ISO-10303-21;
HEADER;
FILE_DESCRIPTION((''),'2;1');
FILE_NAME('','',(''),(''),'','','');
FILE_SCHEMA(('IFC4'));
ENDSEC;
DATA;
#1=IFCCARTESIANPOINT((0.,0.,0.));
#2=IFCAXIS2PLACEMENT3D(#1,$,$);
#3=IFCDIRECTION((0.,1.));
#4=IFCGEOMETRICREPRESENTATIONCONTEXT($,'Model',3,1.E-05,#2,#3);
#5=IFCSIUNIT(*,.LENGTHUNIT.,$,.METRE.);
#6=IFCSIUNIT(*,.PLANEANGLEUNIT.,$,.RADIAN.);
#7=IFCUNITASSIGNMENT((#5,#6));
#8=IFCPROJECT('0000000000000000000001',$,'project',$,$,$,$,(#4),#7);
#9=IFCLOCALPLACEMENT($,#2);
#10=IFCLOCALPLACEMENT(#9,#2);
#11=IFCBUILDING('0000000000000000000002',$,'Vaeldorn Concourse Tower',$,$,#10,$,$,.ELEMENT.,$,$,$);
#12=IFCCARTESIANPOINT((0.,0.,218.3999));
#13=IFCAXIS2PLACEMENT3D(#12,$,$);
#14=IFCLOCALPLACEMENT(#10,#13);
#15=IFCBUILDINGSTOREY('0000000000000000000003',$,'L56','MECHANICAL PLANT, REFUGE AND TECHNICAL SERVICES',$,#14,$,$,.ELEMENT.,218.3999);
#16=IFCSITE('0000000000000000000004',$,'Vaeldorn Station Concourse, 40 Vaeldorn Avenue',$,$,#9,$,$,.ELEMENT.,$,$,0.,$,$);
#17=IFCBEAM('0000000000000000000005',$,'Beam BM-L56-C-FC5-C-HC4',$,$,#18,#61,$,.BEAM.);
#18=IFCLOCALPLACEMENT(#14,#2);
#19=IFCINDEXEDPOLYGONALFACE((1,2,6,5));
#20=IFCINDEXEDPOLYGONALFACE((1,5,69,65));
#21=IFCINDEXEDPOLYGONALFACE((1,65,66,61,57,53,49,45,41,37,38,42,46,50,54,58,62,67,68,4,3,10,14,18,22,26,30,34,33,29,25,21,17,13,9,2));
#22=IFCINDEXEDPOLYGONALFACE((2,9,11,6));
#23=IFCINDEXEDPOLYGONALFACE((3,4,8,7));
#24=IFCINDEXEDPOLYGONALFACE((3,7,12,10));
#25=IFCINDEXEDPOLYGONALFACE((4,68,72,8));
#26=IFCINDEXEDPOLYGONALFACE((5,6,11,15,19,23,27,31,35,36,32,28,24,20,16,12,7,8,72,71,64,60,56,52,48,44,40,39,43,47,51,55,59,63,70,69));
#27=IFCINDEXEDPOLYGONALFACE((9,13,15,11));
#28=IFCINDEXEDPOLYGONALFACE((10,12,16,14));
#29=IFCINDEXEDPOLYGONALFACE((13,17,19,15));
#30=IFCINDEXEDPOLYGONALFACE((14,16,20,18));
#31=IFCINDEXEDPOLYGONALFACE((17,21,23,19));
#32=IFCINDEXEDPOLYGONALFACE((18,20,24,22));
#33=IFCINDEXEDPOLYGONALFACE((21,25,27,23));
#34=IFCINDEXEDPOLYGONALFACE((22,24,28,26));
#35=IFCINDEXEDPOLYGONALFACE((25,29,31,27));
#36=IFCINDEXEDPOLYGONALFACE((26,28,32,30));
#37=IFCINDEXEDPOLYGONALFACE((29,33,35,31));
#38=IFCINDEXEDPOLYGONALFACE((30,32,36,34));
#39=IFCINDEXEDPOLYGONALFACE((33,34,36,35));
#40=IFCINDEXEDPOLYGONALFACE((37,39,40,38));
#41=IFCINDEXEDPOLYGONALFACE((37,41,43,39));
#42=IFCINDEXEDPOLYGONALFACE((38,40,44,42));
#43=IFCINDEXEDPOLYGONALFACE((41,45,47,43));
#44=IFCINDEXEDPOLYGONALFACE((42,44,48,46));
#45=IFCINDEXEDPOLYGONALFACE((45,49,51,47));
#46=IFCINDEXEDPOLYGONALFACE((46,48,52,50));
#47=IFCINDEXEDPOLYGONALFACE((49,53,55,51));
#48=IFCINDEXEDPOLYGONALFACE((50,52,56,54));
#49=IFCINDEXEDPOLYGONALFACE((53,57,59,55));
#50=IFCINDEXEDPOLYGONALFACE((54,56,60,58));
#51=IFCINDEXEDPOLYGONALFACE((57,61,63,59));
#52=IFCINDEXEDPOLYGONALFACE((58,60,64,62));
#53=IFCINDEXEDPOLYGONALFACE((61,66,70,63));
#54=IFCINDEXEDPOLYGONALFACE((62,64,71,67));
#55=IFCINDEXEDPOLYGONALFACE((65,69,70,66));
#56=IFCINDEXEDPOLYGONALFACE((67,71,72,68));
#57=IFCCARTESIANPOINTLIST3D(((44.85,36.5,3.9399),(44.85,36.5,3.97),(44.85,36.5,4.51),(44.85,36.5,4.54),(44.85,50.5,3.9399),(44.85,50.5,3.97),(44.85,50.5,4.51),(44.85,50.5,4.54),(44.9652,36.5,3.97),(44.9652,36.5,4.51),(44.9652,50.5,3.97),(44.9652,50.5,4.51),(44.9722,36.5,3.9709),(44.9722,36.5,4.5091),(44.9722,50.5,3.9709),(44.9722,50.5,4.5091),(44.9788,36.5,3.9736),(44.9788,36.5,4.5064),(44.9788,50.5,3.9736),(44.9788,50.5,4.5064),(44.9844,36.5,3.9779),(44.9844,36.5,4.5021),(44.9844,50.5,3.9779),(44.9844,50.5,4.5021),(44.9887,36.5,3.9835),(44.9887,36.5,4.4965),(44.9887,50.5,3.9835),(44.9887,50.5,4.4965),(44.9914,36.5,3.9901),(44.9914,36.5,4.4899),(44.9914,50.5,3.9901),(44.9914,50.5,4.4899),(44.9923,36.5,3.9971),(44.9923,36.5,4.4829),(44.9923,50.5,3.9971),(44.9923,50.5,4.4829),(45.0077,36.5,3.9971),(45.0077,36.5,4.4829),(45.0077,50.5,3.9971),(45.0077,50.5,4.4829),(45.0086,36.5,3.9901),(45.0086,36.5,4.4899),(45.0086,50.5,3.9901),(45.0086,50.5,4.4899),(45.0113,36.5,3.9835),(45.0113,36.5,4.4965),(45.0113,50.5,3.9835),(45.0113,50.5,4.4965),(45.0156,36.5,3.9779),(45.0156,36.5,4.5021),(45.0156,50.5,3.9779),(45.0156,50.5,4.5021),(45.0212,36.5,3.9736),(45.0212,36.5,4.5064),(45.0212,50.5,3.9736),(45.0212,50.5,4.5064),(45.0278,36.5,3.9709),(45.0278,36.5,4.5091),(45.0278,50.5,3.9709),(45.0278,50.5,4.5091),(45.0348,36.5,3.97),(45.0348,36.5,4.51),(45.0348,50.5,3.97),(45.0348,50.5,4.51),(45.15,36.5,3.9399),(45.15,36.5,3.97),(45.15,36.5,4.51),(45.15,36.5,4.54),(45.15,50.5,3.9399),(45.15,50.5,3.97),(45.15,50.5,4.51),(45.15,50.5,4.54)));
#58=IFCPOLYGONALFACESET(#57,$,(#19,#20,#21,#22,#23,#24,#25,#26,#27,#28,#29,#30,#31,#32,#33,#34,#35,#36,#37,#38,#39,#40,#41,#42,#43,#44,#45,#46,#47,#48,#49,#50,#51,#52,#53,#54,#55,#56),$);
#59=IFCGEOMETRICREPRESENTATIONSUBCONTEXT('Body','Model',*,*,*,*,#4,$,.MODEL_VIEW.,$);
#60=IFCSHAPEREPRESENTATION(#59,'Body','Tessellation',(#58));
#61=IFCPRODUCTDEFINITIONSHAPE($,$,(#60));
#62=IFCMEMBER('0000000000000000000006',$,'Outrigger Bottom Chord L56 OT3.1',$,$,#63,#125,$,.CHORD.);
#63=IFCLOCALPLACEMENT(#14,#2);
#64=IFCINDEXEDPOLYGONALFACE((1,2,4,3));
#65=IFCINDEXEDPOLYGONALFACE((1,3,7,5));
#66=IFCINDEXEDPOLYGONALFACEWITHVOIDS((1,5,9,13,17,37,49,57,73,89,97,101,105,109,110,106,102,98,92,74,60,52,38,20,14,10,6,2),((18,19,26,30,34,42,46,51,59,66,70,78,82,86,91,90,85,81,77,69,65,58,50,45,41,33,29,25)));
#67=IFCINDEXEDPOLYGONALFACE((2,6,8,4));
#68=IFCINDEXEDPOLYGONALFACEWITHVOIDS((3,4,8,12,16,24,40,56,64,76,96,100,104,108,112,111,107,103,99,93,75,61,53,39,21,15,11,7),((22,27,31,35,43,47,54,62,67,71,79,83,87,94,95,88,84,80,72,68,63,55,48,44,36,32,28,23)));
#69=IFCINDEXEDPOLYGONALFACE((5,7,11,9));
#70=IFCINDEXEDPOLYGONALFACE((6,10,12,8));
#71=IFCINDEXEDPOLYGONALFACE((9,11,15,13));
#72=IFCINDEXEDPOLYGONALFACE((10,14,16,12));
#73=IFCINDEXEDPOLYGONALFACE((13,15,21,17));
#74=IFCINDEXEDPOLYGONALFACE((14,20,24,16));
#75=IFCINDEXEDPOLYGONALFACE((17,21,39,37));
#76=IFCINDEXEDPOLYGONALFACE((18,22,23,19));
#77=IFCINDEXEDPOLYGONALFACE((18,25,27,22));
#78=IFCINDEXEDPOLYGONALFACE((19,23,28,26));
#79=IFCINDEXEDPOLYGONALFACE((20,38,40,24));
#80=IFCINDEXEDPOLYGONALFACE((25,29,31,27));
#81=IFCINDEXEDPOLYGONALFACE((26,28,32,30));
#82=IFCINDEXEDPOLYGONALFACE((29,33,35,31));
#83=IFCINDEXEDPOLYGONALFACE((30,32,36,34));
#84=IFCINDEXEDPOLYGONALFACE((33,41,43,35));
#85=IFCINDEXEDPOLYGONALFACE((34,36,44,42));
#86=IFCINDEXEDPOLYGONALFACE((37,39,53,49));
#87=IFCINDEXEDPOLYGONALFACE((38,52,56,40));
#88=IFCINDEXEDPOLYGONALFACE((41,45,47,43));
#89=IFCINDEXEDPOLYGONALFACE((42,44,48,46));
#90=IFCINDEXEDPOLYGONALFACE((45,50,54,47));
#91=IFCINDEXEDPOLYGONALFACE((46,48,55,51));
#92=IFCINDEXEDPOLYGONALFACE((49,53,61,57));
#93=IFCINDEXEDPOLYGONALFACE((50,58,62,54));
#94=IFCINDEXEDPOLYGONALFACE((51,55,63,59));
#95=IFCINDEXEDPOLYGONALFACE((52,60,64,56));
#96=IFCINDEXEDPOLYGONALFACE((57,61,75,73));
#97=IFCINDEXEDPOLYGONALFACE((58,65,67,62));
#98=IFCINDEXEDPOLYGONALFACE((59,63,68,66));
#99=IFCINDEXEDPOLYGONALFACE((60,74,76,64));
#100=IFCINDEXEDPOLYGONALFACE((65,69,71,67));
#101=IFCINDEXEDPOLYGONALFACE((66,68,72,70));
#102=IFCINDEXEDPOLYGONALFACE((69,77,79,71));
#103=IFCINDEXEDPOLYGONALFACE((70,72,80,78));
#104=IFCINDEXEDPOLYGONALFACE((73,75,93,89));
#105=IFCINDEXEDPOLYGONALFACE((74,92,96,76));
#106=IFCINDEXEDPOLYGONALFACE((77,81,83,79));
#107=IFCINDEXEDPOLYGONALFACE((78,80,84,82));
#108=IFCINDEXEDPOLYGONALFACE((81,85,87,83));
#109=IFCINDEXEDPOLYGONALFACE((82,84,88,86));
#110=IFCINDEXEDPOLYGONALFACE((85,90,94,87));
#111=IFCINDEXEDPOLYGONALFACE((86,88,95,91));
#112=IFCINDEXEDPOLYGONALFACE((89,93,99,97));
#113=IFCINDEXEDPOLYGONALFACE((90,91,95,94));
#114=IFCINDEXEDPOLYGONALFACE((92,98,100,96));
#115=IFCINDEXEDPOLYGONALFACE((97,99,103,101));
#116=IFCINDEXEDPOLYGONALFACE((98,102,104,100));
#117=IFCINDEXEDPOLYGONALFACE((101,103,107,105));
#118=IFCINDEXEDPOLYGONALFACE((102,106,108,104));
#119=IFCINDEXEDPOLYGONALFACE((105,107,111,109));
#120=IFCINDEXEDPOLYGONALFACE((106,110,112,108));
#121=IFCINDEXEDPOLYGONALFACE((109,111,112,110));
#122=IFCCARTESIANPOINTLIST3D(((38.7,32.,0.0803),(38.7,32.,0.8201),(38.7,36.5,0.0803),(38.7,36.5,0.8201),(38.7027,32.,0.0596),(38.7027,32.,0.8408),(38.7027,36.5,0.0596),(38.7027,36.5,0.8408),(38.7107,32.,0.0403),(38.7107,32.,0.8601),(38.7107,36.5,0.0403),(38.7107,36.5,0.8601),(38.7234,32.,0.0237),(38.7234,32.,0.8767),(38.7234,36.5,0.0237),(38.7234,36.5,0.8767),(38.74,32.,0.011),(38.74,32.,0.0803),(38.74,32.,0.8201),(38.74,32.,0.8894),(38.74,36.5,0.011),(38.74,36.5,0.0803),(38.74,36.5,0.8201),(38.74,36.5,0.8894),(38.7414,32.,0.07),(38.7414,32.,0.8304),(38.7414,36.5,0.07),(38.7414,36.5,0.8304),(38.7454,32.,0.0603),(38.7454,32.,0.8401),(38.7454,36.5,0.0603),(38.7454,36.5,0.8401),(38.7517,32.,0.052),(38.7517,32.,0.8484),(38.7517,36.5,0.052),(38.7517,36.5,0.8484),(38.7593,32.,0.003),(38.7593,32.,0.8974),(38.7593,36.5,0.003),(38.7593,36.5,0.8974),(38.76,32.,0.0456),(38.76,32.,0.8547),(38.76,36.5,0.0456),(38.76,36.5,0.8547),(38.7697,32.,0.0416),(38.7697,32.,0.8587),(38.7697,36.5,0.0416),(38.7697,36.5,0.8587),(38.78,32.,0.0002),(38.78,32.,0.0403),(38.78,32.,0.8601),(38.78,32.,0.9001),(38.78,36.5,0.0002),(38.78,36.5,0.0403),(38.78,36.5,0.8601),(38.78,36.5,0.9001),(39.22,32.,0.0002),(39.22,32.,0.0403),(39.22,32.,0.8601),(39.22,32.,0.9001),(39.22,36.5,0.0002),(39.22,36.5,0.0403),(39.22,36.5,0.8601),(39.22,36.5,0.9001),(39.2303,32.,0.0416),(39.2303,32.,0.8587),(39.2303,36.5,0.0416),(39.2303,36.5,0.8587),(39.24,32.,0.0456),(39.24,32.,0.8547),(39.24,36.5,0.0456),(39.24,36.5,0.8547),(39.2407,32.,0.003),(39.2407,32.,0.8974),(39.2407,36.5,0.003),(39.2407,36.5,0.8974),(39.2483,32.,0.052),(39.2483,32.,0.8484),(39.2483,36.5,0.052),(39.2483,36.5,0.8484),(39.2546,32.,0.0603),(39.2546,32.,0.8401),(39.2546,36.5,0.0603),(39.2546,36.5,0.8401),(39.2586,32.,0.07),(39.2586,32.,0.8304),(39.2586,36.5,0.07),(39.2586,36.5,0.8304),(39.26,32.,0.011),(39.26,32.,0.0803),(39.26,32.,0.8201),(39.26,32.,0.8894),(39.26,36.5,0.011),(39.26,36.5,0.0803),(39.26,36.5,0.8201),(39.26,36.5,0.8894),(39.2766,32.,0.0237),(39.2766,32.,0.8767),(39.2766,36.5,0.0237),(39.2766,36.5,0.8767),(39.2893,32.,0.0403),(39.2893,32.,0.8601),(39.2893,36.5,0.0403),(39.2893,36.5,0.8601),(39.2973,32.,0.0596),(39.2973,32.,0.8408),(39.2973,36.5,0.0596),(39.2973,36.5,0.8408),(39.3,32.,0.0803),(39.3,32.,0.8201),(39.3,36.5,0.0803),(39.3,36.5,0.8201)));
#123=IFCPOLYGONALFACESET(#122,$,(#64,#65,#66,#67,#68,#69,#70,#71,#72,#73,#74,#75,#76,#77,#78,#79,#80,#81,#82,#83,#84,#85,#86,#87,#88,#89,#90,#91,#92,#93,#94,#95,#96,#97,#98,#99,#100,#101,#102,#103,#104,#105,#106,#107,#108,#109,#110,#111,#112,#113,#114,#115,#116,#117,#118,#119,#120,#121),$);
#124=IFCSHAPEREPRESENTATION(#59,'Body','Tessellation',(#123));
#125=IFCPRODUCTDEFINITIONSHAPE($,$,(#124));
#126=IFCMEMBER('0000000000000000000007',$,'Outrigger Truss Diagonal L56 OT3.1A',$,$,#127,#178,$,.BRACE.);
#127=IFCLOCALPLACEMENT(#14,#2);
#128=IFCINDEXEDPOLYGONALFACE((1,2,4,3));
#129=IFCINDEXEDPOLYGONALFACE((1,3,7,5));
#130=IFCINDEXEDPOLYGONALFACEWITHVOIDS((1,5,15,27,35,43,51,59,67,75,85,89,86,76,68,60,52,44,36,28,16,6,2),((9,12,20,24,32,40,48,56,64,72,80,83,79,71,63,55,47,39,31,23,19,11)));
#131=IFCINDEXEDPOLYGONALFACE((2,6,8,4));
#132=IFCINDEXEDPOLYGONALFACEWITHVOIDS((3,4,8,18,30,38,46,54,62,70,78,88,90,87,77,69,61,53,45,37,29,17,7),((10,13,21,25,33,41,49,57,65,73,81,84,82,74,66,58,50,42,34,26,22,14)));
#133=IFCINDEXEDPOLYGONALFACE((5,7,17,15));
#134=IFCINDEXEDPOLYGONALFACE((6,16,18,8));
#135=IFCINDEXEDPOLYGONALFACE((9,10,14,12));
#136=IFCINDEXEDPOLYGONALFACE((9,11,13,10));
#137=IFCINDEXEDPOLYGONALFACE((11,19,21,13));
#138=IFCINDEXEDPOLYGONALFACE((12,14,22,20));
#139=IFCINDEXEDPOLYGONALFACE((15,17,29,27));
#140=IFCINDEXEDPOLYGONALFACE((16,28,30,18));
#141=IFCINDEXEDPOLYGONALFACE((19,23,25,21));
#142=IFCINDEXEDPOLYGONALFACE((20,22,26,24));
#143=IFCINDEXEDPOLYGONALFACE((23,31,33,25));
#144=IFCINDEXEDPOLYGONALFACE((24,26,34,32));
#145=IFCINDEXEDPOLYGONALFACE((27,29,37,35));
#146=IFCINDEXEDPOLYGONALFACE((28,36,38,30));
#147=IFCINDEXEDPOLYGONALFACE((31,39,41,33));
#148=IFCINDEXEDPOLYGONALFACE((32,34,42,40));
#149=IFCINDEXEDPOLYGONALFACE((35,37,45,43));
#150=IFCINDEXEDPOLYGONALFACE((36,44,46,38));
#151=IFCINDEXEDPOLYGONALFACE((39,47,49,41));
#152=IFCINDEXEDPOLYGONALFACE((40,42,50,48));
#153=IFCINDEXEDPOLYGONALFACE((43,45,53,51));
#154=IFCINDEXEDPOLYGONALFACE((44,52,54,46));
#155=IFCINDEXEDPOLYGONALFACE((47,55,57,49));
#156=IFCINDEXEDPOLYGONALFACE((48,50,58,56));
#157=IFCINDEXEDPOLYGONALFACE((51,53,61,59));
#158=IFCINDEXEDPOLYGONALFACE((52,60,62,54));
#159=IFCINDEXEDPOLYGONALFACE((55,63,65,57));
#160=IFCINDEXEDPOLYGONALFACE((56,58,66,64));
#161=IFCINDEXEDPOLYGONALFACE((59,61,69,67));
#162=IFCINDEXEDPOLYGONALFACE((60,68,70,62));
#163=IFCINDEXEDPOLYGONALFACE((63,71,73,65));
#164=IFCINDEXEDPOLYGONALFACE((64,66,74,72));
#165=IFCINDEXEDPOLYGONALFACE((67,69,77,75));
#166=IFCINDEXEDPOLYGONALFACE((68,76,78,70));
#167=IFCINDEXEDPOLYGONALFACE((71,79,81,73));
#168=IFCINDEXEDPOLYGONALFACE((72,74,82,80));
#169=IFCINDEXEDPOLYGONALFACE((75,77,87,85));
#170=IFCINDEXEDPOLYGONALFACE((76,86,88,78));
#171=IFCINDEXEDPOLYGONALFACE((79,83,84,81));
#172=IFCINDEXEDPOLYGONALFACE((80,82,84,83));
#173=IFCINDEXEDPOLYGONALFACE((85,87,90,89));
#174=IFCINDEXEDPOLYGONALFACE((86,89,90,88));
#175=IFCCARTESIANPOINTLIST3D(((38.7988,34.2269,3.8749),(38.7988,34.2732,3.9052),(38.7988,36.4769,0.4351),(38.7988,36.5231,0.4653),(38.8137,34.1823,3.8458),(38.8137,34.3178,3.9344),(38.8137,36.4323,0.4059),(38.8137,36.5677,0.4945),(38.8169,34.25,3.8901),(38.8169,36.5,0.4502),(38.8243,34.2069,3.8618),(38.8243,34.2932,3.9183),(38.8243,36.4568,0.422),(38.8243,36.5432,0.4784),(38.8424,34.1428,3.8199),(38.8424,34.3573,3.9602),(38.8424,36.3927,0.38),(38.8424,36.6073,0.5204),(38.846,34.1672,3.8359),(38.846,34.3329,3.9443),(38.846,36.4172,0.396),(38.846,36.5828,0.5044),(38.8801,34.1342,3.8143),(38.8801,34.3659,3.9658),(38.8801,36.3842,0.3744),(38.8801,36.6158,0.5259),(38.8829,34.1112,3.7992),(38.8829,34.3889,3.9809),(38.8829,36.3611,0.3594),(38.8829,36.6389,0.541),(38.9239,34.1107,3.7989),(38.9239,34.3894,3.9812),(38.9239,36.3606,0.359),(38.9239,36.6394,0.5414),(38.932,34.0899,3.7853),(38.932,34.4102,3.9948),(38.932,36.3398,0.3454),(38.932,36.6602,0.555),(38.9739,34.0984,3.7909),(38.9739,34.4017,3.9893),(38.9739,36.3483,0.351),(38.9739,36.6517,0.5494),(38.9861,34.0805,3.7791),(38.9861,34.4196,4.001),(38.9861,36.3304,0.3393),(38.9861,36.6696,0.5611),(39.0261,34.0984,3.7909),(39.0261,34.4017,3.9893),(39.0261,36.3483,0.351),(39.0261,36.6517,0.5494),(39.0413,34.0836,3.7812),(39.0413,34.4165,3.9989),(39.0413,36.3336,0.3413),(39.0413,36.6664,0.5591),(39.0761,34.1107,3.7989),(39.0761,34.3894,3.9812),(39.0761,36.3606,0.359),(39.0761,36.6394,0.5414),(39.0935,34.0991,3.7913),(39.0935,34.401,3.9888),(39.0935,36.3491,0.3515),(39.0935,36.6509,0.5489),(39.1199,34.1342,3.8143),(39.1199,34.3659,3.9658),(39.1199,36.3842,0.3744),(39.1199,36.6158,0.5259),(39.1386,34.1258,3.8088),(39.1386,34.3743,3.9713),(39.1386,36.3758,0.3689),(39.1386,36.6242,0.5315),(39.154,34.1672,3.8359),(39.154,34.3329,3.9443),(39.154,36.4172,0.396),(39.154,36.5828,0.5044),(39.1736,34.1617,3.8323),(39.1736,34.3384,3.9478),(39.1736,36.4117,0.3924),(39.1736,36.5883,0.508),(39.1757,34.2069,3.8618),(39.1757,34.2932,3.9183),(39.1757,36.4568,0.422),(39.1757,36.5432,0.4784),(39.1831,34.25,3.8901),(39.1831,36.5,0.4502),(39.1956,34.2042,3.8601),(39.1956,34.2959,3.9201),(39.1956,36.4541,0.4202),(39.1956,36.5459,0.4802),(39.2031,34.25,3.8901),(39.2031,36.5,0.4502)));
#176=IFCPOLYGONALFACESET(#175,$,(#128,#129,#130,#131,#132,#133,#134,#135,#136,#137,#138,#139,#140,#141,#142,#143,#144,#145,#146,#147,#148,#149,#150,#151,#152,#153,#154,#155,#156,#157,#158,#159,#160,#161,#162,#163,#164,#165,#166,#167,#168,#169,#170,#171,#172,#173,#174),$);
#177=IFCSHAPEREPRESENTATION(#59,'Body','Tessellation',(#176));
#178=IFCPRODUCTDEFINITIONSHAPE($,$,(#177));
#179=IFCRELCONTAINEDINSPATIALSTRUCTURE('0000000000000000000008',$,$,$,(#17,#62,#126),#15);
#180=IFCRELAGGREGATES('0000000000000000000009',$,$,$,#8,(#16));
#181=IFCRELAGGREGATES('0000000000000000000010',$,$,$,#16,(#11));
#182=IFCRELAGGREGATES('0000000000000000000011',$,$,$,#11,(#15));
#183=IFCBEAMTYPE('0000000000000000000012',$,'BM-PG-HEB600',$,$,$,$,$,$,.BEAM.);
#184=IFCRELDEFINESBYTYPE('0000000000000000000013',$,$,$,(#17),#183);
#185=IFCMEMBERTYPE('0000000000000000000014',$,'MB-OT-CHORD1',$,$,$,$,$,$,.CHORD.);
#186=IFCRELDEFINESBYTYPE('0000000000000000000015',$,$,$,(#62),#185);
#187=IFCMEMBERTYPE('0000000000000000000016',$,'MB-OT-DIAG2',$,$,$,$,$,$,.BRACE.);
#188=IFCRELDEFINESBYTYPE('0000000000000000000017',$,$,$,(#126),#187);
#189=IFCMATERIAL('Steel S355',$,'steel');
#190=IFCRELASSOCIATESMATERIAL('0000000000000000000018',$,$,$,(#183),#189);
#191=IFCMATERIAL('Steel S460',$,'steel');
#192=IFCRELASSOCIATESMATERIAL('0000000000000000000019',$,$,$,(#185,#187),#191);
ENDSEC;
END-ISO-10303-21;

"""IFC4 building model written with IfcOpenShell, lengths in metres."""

from ifc_helpers import new_model, si_unit, direction, frame, origin, origin_2d, place, context, subcontext, project, spatial, hollow_rectangle, hollow_circle, i_section, extrude, source, transform, mapped, material, material_profile, profile_set, type_object, element, save


model = new_model("IFC4")

# Units and contexts
model_context = context("Model", 3, precision=1e-05, world=origin(), true_north=direction((0.0, 1.0)))
body_context = subcontext(model_context, "Body", "Model", "MODEL_VIEW")
ifc_project = project(units=[si_unit("LENGTHUNIT", "METRE"), si_unit("PLANEANGLEUNIT", "RADIAN")], contexts=[model_context])

# Site, building, storey
site_placement = place(None, origin())
site = spatial("IfcSite", under=ifc_project, at=site_placement, Name="Vaeldorn Station Concourse, 40 Vaeldorn Avenue", CompositionType="ELEMENT", RefElevation=0.0)
building_placement = place(site_placement, origin())
building = spatial("IfcBuilding", under=site, at=building_placement, Name="Vaeldorn Concourse Tower", CompositionType="ELEMENT")
storey_placement = place(building_placement, frame((0.0, 0.0, 218.3999)))
storey = spatial("IfcBuildingStorey", under=building, at=storey_placement, Name="L56", Description="MECHANICAL PLANT, REFUGE AND TECHNICAL SERVICES", CompositionType="ELEMENT", Elevation=218.3999)

# Shared definitions
ifc_material_1 = material(Name="Steel S460", Category="steel")

# Beam
ifc_material_2 = material(Name="Steel S355", Category="steel")
ifc_material_profile_1 = material_profile(ifc_material_2, i_section(OverallWidth=0.3, OverallDepth=0.6001, WebThickness=0.0154, FlangeThickness=0.03, FilletRadius=0.0271, at=origin_2d()), Name="HEB 600")
ifc_profile_set_1 = profile_set([ifc_material_profile_1], Name="Steel S355")
beam_type_1 = type_object("IfcBeamType", Name="BM-PG-HEB600", PredefinedType="BEAM", material=ifc_profile_set_1)
shared_shape_1 = source(origin(), body_context, "Body", "SweptSolid", [
    extrude(i_section(OverallWidth=0.3, OverallDepth=0.6001, WebThickness=0.0154, FlangeThickness=0.03, FilletRadius=0.0271, at=origin_2d()), origin(), (0.0, 0.0, 1.0), 14.0),
])
beam_1_placement = place(storey_placement, frame((45.0, 36.5, 4.24), z_axis=(0.0, 1.0, 0.0), x_axis=(-1.0, 0.0, 0.0)))
element("IfcBeam", 1, at=beam_1_placement, inside=storey, type_object=beam_type_1, Name="Beam BM-L56-C-FC5-C-HC4", PredefinedType="BEAM", context=body_context, shape_type="MappedRepresentation", body=[
    mapped(shared_shape_1, transform((0.0, 0.0, 0.0), scale=1.0)),
])

# Members
ifc_material_profile_2 = material_profile(ifc_material_1, hollow_rectangle(XDim=0.6001, YDim=0.8999, WallThickness=0.04, InnerFilletRadius=0.04, OuterFilletRadius=0.0801, at=origin_2d()), Name="RHS 900x600x40")
ifc_profile_set_2 = profile_set([ifc_material_profile_2], Name="Steel S460")
member_type_1 = type_object("IfcMemberType", Name="MB-OT-CHORD1", PredefinedType="CHORD", material=ifc_profile_set_2)
shared_shape_2 = source(origin(), body_context, "Body", "SweptSolid", [
    extrude(hollow_rectangle(XDim=0.6001, YDim=0.8999, WallThickness=0.04, InnerFilletRadius=0.04, OuterFilletRadius=0.0801, at=origin_2d()), origin(), (0.0, 0.0, 1.0), 4.5),
])
member_1_placement = place(storey_placement, frame((39.0, 36.5, 0.4502), z_axis=(0.0, -1.0, 0.0), x_axis=(1.0, 0.0, 0.0)))
element("IfcMember", 2, at=member_1_placement, inside=storey, type_object=member_type_1, Name="Outrigger Bottom Chord L56 OT3.1", PredefinedType="CHORD", context=body_context, shape_type="MappedRepresentation", body=[
    mapped(shared_shape_2, transform((0.0, 0.0, 0.0), scale=1.0)),
])
ifc_material_profile_3 = material_profile(ifc_material_1, hollow_circle(Radius=0.2031, WallThickness=0.02, at=origin_2d()), Name="CHS 406.4x20")
ifc_profile_set_3 = profile_set([ifc_material_profile_3], Name="Steel S460")
member_type_2 = type_object("IfcMemberType", Name="MB-OT-DIAG2", PredefinedType="BRACE", material=ifc_profile_set_3)
shared_shape_3 = source(origin(), body_context, "Body", "SweptSolid", [
    extrude(hollow_circle(Radius=0.2031, WallThickness=0.02, at=origin_2d()), origin(), (0.0, 0.0, 1.0), 4.1104),
])
member_2_placement = place(storey_placement, frame((39.0, 36.5, 0.4502), z_axis=(0.0, -0.547387, 0.83688), x_axis=(1.0, 0.0, 0.0)))
element("IfcMember", 3, at=member_2_placement, inside=storey, type_object=member_type_2, Name="Outrigger Truss Diagonal L56 OT3.1A", PredefinedType="BRACE", context=body_context, shape_type="MappedRepresentation", body=[
    mapped(shared_shape_3, transform((0.0, 0.0, 0.0), scale=1.0)),
])

save(model, "model.ifc")
